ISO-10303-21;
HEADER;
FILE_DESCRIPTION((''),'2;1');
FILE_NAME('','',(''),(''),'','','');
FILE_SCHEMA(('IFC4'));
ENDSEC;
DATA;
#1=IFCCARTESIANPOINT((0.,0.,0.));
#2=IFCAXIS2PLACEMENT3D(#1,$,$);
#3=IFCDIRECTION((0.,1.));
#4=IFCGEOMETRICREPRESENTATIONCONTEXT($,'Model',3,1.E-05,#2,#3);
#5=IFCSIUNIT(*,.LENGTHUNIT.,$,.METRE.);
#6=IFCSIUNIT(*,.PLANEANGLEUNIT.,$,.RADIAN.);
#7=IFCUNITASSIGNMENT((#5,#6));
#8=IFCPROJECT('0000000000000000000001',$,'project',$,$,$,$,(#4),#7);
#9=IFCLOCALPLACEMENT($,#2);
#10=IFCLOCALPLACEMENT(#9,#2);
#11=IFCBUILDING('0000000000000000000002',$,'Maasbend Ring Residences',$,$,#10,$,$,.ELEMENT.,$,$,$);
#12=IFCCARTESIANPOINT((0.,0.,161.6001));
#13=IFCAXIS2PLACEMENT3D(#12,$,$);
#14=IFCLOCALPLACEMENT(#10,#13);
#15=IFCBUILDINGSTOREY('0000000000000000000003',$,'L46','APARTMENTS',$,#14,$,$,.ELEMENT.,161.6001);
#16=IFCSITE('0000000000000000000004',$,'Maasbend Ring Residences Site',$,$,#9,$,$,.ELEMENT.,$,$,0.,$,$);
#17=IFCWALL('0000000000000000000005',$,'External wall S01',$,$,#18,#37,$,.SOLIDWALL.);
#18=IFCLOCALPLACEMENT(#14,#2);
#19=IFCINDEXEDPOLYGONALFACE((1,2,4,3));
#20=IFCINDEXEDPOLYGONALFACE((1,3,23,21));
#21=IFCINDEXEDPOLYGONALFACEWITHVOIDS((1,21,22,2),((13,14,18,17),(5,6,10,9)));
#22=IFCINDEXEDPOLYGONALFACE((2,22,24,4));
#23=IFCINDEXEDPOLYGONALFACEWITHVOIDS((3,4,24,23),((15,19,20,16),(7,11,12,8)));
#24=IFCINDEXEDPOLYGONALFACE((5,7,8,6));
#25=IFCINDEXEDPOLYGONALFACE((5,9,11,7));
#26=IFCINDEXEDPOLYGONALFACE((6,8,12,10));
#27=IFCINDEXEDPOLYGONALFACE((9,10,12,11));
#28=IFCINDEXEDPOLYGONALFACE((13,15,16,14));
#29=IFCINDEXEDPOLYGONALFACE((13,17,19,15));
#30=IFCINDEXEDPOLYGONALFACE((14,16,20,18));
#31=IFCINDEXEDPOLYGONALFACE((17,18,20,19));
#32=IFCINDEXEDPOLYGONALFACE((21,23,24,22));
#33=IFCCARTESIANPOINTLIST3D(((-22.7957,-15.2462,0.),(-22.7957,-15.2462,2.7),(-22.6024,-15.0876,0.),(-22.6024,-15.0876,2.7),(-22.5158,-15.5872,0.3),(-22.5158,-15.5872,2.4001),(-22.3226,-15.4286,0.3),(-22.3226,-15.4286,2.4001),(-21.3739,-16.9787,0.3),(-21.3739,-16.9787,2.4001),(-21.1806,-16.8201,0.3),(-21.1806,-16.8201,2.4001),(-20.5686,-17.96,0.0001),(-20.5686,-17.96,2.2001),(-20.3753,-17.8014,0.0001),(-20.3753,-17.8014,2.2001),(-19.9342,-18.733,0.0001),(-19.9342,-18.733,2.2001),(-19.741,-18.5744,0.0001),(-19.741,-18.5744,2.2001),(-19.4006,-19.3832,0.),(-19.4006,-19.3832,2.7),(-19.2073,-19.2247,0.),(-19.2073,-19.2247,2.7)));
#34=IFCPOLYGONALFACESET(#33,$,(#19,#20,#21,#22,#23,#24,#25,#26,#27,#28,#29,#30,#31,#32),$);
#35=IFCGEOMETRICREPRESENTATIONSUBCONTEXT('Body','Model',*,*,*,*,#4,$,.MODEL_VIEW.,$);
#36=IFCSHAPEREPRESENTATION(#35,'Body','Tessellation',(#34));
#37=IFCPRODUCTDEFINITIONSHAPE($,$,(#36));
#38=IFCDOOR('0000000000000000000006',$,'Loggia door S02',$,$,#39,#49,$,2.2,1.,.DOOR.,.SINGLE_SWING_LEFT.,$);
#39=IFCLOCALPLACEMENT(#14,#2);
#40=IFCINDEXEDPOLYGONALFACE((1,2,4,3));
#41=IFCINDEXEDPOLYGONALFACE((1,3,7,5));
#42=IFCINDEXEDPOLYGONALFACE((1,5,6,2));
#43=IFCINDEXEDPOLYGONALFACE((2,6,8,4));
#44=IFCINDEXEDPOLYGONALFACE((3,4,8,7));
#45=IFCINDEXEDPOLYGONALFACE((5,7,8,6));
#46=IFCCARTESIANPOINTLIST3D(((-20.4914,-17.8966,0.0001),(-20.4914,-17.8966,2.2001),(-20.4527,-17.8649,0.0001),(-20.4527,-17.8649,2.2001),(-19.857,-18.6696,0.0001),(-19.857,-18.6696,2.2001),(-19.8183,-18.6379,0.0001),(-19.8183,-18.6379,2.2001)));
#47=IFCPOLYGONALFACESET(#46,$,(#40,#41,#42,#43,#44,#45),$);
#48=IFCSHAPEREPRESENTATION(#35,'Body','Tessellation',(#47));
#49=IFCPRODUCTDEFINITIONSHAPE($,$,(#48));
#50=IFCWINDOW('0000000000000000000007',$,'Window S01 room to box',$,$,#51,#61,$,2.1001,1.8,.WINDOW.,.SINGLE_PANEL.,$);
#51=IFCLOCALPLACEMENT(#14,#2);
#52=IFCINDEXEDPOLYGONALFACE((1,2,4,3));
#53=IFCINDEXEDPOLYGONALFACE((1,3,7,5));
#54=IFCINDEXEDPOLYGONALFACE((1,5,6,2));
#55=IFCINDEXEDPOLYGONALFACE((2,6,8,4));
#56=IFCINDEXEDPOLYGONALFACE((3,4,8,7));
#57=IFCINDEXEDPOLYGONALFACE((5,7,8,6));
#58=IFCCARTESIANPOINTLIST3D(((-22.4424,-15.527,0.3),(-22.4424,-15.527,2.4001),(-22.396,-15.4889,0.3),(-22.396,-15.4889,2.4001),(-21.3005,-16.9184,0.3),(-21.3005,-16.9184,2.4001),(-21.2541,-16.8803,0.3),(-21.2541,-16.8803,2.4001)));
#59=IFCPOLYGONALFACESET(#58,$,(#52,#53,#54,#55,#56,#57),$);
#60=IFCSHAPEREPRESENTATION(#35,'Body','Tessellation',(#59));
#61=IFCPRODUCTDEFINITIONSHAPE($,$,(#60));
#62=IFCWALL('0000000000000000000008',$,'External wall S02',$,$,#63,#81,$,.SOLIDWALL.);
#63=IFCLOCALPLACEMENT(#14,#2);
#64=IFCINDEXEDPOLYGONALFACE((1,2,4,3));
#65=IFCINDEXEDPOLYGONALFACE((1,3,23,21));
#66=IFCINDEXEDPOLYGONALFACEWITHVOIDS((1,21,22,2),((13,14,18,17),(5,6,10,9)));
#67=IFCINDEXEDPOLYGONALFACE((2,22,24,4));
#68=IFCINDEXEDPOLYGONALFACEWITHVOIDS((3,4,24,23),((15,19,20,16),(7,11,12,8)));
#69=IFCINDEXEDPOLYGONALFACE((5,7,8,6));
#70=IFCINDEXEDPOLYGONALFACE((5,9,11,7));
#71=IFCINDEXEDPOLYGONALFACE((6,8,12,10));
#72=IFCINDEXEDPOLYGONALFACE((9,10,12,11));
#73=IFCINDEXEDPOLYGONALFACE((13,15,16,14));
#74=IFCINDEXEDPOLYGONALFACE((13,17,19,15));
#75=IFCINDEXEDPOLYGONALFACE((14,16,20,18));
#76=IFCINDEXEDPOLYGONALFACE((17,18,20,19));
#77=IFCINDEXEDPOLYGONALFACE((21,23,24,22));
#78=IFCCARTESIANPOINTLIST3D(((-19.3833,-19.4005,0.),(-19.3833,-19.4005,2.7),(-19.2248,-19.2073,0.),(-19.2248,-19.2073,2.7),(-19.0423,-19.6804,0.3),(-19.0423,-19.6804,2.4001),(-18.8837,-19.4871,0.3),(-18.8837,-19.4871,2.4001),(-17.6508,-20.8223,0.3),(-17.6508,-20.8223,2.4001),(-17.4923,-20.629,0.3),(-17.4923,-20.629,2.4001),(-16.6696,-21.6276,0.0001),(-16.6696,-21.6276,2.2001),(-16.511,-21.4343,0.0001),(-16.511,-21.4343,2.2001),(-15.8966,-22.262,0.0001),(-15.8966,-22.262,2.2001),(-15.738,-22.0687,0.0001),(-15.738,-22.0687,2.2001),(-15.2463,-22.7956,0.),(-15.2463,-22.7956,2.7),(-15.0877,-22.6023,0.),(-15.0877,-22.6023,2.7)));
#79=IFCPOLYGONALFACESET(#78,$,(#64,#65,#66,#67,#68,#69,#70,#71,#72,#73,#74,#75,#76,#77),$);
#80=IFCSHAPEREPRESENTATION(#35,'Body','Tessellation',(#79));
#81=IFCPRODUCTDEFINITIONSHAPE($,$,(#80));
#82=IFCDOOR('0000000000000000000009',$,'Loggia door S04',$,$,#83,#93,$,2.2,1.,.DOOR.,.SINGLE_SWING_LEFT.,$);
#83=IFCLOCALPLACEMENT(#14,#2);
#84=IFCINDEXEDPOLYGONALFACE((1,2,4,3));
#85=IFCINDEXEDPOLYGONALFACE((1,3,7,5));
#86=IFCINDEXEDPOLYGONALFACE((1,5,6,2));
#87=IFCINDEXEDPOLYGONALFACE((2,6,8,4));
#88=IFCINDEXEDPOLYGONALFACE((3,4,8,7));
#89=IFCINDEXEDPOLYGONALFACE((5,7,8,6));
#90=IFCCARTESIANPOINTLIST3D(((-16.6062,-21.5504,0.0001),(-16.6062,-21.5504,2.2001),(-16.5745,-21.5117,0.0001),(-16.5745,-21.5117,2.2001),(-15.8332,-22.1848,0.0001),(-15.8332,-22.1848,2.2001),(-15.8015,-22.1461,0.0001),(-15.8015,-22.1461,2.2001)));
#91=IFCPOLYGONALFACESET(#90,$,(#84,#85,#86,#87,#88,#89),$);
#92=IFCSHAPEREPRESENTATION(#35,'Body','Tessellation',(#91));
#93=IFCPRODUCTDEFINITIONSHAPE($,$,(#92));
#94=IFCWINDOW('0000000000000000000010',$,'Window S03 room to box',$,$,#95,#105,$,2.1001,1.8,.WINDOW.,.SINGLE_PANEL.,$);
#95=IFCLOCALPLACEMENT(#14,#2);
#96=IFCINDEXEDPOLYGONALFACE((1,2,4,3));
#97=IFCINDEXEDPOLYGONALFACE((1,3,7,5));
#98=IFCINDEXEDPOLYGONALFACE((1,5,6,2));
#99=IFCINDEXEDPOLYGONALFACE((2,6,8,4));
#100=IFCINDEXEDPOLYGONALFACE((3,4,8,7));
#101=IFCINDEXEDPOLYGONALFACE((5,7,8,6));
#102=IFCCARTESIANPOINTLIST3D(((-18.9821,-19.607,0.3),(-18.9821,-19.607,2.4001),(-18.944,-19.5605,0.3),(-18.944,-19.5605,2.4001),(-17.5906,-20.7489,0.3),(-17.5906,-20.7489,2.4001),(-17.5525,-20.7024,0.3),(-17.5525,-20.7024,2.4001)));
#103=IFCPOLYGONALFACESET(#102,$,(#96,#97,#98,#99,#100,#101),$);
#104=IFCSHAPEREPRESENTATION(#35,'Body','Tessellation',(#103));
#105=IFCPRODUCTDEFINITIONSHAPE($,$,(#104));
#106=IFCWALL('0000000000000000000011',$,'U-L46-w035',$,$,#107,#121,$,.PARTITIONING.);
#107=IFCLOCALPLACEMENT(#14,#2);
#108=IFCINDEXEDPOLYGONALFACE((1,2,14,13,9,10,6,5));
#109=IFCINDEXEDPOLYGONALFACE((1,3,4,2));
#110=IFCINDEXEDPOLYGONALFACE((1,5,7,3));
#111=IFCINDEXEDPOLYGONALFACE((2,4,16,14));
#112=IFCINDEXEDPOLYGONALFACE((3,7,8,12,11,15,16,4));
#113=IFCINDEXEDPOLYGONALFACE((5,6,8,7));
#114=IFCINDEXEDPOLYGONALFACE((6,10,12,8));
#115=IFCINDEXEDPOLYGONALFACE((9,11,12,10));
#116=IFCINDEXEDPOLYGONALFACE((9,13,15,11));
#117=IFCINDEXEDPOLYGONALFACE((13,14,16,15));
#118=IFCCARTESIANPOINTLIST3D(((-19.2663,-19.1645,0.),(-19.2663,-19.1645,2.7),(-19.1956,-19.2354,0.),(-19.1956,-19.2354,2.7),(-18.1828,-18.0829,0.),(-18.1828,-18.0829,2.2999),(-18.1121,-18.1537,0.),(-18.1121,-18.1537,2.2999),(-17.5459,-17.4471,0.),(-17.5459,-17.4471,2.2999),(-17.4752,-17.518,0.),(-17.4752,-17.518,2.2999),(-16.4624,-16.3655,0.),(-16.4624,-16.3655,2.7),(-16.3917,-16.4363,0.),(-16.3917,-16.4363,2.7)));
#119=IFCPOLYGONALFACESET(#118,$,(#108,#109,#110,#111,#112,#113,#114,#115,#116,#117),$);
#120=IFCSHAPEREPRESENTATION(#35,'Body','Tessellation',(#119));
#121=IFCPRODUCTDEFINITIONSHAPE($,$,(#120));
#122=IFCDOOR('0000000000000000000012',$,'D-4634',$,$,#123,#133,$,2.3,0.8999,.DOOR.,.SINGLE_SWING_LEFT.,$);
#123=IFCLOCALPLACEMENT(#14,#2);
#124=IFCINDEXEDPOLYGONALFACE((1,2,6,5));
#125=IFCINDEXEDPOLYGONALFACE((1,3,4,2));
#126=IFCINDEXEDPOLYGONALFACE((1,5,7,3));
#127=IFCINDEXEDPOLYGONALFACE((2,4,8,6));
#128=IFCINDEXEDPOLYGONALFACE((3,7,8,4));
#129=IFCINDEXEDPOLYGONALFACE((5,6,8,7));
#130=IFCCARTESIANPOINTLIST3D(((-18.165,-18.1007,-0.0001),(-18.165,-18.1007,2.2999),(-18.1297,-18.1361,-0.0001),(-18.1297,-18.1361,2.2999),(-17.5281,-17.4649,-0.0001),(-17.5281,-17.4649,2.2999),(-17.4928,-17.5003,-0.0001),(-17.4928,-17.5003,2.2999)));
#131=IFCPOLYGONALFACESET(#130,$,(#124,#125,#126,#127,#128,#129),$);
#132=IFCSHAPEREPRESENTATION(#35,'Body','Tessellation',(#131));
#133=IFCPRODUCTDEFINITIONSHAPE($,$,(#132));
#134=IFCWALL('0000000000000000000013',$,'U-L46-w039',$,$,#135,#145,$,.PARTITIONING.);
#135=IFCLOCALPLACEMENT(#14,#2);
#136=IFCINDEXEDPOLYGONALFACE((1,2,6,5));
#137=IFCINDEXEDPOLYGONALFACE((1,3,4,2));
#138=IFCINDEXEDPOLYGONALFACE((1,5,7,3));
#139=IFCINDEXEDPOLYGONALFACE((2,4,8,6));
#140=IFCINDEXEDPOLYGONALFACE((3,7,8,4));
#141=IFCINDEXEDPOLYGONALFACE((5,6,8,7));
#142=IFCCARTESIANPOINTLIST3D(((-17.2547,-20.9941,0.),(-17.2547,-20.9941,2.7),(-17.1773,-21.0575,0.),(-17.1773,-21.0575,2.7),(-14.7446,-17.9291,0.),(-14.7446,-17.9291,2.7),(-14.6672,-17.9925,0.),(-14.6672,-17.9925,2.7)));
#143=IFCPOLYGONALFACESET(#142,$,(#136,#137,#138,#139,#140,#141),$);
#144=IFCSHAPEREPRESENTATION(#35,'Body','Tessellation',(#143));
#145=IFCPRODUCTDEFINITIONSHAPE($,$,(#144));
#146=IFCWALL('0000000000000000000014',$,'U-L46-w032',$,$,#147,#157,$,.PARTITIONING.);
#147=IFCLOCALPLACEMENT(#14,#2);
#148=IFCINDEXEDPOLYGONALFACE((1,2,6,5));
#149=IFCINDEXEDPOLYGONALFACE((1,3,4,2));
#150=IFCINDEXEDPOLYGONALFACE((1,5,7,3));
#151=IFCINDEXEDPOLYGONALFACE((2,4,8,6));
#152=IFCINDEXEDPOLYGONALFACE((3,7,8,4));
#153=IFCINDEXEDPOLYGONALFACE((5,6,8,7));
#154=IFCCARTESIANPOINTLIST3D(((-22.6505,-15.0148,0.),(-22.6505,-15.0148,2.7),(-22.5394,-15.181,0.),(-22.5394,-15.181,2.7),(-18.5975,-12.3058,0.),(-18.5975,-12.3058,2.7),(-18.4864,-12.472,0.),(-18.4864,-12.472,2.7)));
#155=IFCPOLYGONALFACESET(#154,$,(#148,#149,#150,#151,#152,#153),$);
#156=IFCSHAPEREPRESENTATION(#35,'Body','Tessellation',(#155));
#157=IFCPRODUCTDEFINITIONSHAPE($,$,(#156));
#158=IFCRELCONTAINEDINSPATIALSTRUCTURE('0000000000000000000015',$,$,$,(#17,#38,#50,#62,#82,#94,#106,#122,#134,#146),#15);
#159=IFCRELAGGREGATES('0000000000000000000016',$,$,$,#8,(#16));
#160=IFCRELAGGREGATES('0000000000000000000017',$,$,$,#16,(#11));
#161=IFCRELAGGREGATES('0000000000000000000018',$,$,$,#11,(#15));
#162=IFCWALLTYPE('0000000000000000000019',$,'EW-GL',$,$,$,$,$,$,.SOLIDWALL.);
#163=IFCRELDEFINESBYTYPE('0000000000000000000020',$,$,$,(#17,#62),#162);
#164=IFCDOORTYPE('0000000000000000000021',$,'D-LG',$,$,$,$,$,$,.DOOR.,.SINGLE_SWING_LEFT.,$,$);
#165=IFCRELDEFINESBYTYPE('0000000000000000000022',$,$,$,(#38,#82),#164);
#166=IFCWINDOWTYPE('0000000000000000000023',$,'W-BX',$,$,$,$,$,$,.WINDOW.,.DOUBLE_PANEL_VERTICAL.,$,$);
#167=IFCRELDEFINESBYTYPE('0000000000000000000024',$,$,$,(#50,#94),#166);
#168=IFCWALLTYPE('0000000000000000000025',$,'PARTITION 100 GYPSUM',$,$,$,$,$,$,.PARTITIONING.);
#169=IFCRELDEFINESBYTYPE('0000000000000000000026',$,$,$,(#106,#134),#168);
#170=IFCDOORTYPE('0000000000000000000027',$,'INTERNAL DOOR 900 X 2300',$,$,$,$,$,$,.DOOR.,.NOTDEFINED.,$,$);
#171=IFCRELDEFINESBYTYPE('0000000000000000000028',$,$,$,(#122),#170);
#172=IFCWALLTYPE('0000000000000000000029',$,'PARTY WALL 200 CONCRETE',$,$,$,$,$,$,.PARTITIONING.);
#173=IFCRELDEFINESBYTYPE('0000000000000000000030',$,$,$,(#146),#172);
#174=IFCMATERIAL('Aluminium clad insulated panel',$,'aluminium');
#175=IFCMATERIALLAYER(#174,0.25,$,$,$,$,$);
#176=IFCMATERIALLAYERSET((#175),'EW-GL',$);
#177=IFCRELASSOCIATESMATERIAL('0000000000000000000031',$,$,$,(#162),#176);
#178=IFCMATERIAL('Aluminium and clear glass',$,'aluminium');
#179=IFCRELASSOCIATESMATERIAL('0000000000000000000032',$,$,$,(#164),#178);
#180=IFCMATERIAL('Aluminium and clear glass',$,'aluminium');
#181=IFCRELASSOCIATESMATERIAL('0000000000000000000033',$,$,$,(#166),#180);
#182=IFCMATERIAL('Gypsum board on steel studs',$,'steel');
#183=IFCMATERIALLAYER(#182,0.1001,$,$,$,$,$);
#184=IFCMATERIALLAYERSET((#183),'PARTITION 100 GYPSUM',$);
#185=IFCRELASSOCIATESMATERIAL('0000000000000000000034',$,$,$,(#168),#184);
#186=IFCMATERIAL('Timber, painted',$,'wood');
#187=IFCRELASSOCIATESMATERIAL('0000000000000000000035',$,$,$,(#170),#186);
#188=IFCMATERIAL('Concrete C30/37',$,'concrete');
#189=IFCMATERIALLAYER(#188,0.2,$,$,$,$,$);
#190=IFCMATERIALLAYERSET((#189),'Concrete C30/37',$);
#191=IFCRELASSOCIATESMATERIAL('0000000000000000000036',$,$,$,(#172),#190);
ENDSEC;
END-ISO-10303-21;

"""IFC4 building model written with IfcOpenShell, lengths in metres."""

from ifc_helpers import new_model, si_unit, direction, frame, frame_2d, origin, place, context, subcontext, project, spatial, rectangle, extrude, material, layer, layer_set, type_object, element, fill, save


model = new_model("IFC4")

# Units and contexts
model_context = context("Model", 3, precision=1e-05, world=origin(), true_north=direction((0.0, 1.0)))
body_context = subcontext(model_context, "Body", "Model", "MODEL_VIEW")
ifc_project = project(units=[si_unit("LENGTHUNIT", "METRE"), si_unit("PLANEANGLEUNIT", "RADIAN")], contexts=[model_context])

# Site, building, storey
site_placement = place(None, origin())
site = spatial("IfcSite", under=ifc_project, at=site_placement, Name="Maasbend Ring Residences Site", CompositionType="ELEMENT", RefElevation=0.0)
building_placement = place(site_placement, origin())
building = spatial("IfcBuilding", under=site, at=building_placement, Name="Maasbend Ring Residences", CompositionType="ELEMENT")
storey_placement = place(building_placement, frame((0.0, 0.0, 161.6001)))
storey = spatial("IfcBuildingStorey", under=building, at=storey_placement, Name="L46", Description="APARTMENTS", CompositionType="ELEMENT", Elevation=161.6001)

# Walls, openings, doors, windows
ifc_material_1 = material(Name="Aluminium clad insulated panel", Category="aluminium")
ifc_layer_1 = layer(ifc_material_1, 0.25)
ifc_layer_set_1 = layer_set([ifc_layer_1], Name="EW-GL")
wall_type_1 = type_object("IfcWallType", Name="EW-GL", PredefinedType="SOLIDWALL", material=ifc_layer_set_1)
wall_1_placement = place(storey_placement, frame((-22.699, -15.167, 0.0), z_axis=(0.0, 0.0, 1.0), x_axis=(0.634382, -0.773019, 0.0)))
wall_1 = element("IfcWall", 1, at=wall_1_placement, inside=storey, type_object=wall_type_1, Name="External wall S01", PredefinedType="SOLIDWALL", context=body_context, shape_type="SweptSolid", body=[
    extrude(rectangle(XDim=5.3518, YDim=0.25, at=frame_2d((2.6758, 0.0))), origin(), (0.0, 0.0, 1.0), 2.7),
])
opening_1_placement = place(wall_1_placement, frame((0.4412, 0.0, 0.3)))
opening_1 = element("IfcOpeningElement", 2, at=opening_1_placement, cuts=wall_1, PredefinedType="OPENING", context=body_context, shape_type="SweptSolid", body=[
    extrude(rectangle(XDim=1.8, YDim=2.1001, at=frame_2d((0.8999, 1.05))), frame((0.0, 0.135, 0.0), z_axis=(0.0, -1.0, 0.0), x_axis=(1.0, 0.0, 0.0)), (0.0, 0.0, 1.0), 0.27),
])
opening_2_placement = place(wall_1_placement, frame((3.5105, 0.0, 0.0)))
opening_2 = element("IfcOpeningElement", 3, at=opening_2_placement, cuts=wall_1, PredefinedType="OPENING", context=body_context, shape_type="SweptSolid", body=[
    extrude(rectangle(XDim=1.0, YDim=2.2, at=frame_2d((0.5, 1.1001))), frame((0.0, 0.135, 0.0), z_axis=(0.0, -1.0, 0.0), x_axis=(1.0, 0.0, 0.0)), (0.0, 0.0, 1.0), 0.27),
])
ifc_material_2 = material(Name="Aluminium and clear glass", Category="aluminium")
door_type_1 = type_object("IfcDoorType", Name="D-LG", OperationType="SINGLE_SWING_LEFT", PredefinedType="DOOR", material=ifc_material_2)
door_1_placement = place(opening_2_placement, origin())
door_1 = element("IfcDoor", 4, at=door_1_placement, inside=storey, type_object=door_type_1, Name="Loggia door S02", OperationType="SINGLE_SWING_LEFT", OverallHeight=2.2, OverallWidth=1.0, PredefinedType="DOOR", context=body_context, shape_type="SweptSolid", body=[
    extrude(rectangle(XDim=1.0, YDim=2.2, at=frame_2d((0.5, 1.1001))), frame((0.0, 0.0249, 0.0), z_axis=(0.0, -1.0, 0.0), x_axis=(1.0, 0.0, 0.0)), (0.0, 0.0, 1.0), 0.05),
])
fill(opening_2, door_1)
ifc_material_3 = material(Name="Aluminium and clear glass", Category="aluminium")
window_type_1 = type_object("IfcWindowType", Name="W-BX", PartitioningType="DOUBLE_PANEL_VERTICAL", PredefinedType="WINDOW", material=ifc_material_3)
window_1_placement = place(opening_1_placement, origin())
window_1 = element("IfcWindow", 5, at=window_1_placement, inside=storey, type_object=window_type_1, Name="Window S01 room to box", OverallHeight=2.1001, OverallWidth=1.8, PartitioningType="SINGLE_PANEL", PredefinedType="WINDOW", context=body_context, shape_type="SweptSolid", body=[
    extrude(rectangle(XDim=1.8, YDim=2.1001, at=frame_2d((0.8999, 1.05))), frame((0.0, 0.03, 0.0), z_axis=(0.0, -1.0, 0.0), x_axis=(1.0, 0.0, 0.0)), (0.0, 0.0, 1.0), 0.0601),
])
fill(opening_1, window_1)
wall_2_placement = place(storey_placement, frame((-19.304, -19.304, 0.0), z_axis=(0.0, 0.0, 1.0), x_axis=(0.773019, -0.634382, 0.0)))
wall_2 = element("IfcWall", 6, at=wall_2_placement, inside=storey, type_object=wall_type_1, Name="External wall S02", PredefinedType="SOLIDWALL", context=body_context, shape_type="SweptSolid", body=[
    extrude(rectangle(XDim=5.3518, YDim=0.25, at=frame_2d((2.6758, 0.0))), origin(), (0.0, 0.0, 1.0), 2.7),
])
opening_3_placement = place(wall_2_placement, frame((0.4412, 0.0, 0.3)))
opening_3 = element("IfcOpeningElement", 7, at=opening_3_placement, cuts=wall_2, PredefinedType="OPENING", context=body_context, shape_type="SweptSolid", body=[
    extrude(rectangle(XDim=1.8, YDim=2.1001, at=frame_2d((0.8999, 1.05))), frame((0.0, 0.135, 0.0), z_axis=(0.0, -1.0, 0.0), x_axis=(1.0, 0.0, 0.0)), (0.0, 0.0, 1.0), 0.27),
])
opening_4_placement = place(wall_2_placement, frame((3.5105, 0.0, 0.0)))
opening_4 = element("IfcOpeningElement", 8, at=opening_4_placement, cuts=wall_2, PredefinedType="OPENING", context=body_context, shape_type="SweptSolid", body=[
    extrude(rectangle(XDim=1.0, YDim=2.2, at=frame_2d((0.5, 1.1001))), frame((0.0, 0.135, 0.0), z_axis=(0.0, -1.0, 0.0), x_axis=(1.0, 0.0, 0.0)), (0.0, 0.0, 1.0), 0.27),
])
door_2_placement = place(opening_4_placement, origin())
door_2 = element("IfcDoor", 9, at=door_2_placement, inside=storey, type_object=door_type_1, Name="Loggia door S04", OperationType="SINGLE_SWING_LEFT", OverallHeight=2.2, OverallWidth=1.0, PredefinedType="DOOR", context=body_context, shape_type="SweptSolid", body=[
    extrude(rectangle(XDim=1.0, YDim=2.2, at=frame_2d((0.5, 1.1001))), frame((0.0, 0.0249, 0.0), z_axis=(0.0, -1.0, 0.0), x_axis=(1.0, 0.0, 0.0)), (0.0, 0.0, 1.0), 0.05),
])
fill(opening_4, door_2)
window_2_placement = place(opening_3_placement, origin())
window_2 = element("IfcWindow", 10, at=window_2_placement, inside=storey, type_object=window_type_1, Name="Window S03 room to box", OverallHeight=2.1001, OverallWidth=1.8, PartitioningType="SINGLE_PANEL", PredefinedType="WINDOW", context=body_context, shape_type="SweptSolid", body=[
    extrude(rectangle(XDim=1.8, YDim=2.1001, at=frame_2d((0.8999, 1.05))), frame((0.0, 0.03, 0.0), z_axis=(0.0, -1.0, 0.0), x_axis=(1.0, 0.0, 0.0)), (0.0, 0.0, 1.0), 0.0601),
])
fill(opening_3, window_2)

# Wall, opening, door
ifc_material_4 = material(Name="Gypsum board on steel studs", Category="steel")
ifc_layer_2 = layer(ifc_material_4, 0.1001)
ifc_layer_set_2 = layer_set([ifc_layer_2], Name="PARTITION 100 GYPSUM")
wall_type_2 = type_object("IfcWallType", Name="PARTITION 100 GYPSUM", PredefinedType="PARTITIONING", material=ifc_layer_set_2)
wall_3_placement = place(storey_placement, frame((-19.231, -19.2, 0.0), z_axis=(0.0, 0.0, 1.0), x_axis=(0.707723, 0.70649, 0.0)))
wall_3 = element("IfcWall", 11, at=wall_3_placement, inside=storey, type_object=wall_type_2, Name="U-L46-w035", PredefinedType="PARTITIONING", context=body_context, shape_type="SweptSolid", body=[
    extrude(rectangle(XDim=3.9619, YDim=0.1001, at=frame_2d((1.981, 0.0))), origin(), (0.0, 0.0, 1.0), 2.7),
])
opening_5_placement = place(wall_3_placement, frame((1.531, 0.0, 0.0)))
opening_5 = element("IfcOpeningElement", 12, at=opening_5_placement, cuts=wall_3, PredefinedType="OPENING", context=body_context, shape_type="SweptSolid", body=[
    extrude(rectangle(XDim=0.8999, YDim=2.3, at=frame_2d((0.45, 1.1499))), frame((0.0, 0.0601, 0.0), z_axis=(0.0, -1.0, 0.0), x_axis=(1.0, 0.0, 0.0)), (0.0, 0.0, 1.0), 0.1201),
])
ifc_material_5 = material(Name="Timber, painted", Category="wood")
door_type_2 = type_object("IfcDoorType", Name="INTERNAL DOOR 900 X 2300", OperationType="NOTDEFINED", PredefinedType="DOOR", material=ifc_material_5)
door_3_placement = place(opening_5_placement, origin())
door_3 = element("IfcDoor", 13, at=door_3_placement, inside=storey, type_object=door_type_2, Name="D-4634", OperationType="SINGLE_SWING_LEFT", OverallHeight=2.3, OverallWidth=0.8999, PredefinedType="DOOR", context=body_context, shape_type="SweptSolid", body=[
    extrude(rectangle(XDim=0.8999, YDim=2.3, at=frame_2d((0.45, 1.1499))), frame((0.0, 0.0249, 0.0), z_axis=(0.0, -1.0, 0.0), x_axis=(1.0, 0.0, 0.0)), (0.0, 0.0, 1.0), 0.05),
])
fill(opening_5, door_3)

# Walls
wall_4_placement = place(storey_placement, frame((-17.2161, -21.0259, 0.0), z_axis=(0.0, 0.0, 1.0), x_axis=(0.63359, 0.773669, 0.0)))
element("IfcWall", 14, at=wall_4_placement, inside=storey, type_object=wall_type_2, Name="U-L46-w039", PredefinedType="PARTITIONING", context=body_context, shape_type="SweptSolid", body=[
    extrude(rectangle(XDim=3.9617, YDim=0.1001, at=frame_2d((1.981, 0.0))), origin(), (0.0, 0.0, 1.0), 2.7),
])
ifc_material_6 = material(Name="Concrete C30/37", Category="concrete")
ifc_layer_3 = layer(ifc_material_6, 0.2)
ifc_layer_set_3 = layer_set([ifc_layer_3], Name="Concrete C30/37")
wall_type_3 = type_object("IfcWallType", Name="PARTY WALL 200 CONCRETE", PredefinedType="PARTITIONING", material=ifc_layer_set_3)
wall_5_placement = place(storey_placement, frame((-22.595, -15.0979, 0.0), z_axis=(0.0, 0.0, 1.0), x_axis=(0.831387, 0.555694, 0.0)))
element("IfcWall", 15, at=wall_5_placement, inside=storey, type_object=wall_type_3, Name="U-L46-w032", PredefinedType="PARTITIONING", context=body_context, shape_type="SweptSolid", body=[
    extrude(rectangle(XDim=4.875, YDim=0.2, at=frame_2d((2.4375, 0.0))), origin(), (0.0, 0.0, 1.0), 2.7),
])

save(model, "model.ifc")
